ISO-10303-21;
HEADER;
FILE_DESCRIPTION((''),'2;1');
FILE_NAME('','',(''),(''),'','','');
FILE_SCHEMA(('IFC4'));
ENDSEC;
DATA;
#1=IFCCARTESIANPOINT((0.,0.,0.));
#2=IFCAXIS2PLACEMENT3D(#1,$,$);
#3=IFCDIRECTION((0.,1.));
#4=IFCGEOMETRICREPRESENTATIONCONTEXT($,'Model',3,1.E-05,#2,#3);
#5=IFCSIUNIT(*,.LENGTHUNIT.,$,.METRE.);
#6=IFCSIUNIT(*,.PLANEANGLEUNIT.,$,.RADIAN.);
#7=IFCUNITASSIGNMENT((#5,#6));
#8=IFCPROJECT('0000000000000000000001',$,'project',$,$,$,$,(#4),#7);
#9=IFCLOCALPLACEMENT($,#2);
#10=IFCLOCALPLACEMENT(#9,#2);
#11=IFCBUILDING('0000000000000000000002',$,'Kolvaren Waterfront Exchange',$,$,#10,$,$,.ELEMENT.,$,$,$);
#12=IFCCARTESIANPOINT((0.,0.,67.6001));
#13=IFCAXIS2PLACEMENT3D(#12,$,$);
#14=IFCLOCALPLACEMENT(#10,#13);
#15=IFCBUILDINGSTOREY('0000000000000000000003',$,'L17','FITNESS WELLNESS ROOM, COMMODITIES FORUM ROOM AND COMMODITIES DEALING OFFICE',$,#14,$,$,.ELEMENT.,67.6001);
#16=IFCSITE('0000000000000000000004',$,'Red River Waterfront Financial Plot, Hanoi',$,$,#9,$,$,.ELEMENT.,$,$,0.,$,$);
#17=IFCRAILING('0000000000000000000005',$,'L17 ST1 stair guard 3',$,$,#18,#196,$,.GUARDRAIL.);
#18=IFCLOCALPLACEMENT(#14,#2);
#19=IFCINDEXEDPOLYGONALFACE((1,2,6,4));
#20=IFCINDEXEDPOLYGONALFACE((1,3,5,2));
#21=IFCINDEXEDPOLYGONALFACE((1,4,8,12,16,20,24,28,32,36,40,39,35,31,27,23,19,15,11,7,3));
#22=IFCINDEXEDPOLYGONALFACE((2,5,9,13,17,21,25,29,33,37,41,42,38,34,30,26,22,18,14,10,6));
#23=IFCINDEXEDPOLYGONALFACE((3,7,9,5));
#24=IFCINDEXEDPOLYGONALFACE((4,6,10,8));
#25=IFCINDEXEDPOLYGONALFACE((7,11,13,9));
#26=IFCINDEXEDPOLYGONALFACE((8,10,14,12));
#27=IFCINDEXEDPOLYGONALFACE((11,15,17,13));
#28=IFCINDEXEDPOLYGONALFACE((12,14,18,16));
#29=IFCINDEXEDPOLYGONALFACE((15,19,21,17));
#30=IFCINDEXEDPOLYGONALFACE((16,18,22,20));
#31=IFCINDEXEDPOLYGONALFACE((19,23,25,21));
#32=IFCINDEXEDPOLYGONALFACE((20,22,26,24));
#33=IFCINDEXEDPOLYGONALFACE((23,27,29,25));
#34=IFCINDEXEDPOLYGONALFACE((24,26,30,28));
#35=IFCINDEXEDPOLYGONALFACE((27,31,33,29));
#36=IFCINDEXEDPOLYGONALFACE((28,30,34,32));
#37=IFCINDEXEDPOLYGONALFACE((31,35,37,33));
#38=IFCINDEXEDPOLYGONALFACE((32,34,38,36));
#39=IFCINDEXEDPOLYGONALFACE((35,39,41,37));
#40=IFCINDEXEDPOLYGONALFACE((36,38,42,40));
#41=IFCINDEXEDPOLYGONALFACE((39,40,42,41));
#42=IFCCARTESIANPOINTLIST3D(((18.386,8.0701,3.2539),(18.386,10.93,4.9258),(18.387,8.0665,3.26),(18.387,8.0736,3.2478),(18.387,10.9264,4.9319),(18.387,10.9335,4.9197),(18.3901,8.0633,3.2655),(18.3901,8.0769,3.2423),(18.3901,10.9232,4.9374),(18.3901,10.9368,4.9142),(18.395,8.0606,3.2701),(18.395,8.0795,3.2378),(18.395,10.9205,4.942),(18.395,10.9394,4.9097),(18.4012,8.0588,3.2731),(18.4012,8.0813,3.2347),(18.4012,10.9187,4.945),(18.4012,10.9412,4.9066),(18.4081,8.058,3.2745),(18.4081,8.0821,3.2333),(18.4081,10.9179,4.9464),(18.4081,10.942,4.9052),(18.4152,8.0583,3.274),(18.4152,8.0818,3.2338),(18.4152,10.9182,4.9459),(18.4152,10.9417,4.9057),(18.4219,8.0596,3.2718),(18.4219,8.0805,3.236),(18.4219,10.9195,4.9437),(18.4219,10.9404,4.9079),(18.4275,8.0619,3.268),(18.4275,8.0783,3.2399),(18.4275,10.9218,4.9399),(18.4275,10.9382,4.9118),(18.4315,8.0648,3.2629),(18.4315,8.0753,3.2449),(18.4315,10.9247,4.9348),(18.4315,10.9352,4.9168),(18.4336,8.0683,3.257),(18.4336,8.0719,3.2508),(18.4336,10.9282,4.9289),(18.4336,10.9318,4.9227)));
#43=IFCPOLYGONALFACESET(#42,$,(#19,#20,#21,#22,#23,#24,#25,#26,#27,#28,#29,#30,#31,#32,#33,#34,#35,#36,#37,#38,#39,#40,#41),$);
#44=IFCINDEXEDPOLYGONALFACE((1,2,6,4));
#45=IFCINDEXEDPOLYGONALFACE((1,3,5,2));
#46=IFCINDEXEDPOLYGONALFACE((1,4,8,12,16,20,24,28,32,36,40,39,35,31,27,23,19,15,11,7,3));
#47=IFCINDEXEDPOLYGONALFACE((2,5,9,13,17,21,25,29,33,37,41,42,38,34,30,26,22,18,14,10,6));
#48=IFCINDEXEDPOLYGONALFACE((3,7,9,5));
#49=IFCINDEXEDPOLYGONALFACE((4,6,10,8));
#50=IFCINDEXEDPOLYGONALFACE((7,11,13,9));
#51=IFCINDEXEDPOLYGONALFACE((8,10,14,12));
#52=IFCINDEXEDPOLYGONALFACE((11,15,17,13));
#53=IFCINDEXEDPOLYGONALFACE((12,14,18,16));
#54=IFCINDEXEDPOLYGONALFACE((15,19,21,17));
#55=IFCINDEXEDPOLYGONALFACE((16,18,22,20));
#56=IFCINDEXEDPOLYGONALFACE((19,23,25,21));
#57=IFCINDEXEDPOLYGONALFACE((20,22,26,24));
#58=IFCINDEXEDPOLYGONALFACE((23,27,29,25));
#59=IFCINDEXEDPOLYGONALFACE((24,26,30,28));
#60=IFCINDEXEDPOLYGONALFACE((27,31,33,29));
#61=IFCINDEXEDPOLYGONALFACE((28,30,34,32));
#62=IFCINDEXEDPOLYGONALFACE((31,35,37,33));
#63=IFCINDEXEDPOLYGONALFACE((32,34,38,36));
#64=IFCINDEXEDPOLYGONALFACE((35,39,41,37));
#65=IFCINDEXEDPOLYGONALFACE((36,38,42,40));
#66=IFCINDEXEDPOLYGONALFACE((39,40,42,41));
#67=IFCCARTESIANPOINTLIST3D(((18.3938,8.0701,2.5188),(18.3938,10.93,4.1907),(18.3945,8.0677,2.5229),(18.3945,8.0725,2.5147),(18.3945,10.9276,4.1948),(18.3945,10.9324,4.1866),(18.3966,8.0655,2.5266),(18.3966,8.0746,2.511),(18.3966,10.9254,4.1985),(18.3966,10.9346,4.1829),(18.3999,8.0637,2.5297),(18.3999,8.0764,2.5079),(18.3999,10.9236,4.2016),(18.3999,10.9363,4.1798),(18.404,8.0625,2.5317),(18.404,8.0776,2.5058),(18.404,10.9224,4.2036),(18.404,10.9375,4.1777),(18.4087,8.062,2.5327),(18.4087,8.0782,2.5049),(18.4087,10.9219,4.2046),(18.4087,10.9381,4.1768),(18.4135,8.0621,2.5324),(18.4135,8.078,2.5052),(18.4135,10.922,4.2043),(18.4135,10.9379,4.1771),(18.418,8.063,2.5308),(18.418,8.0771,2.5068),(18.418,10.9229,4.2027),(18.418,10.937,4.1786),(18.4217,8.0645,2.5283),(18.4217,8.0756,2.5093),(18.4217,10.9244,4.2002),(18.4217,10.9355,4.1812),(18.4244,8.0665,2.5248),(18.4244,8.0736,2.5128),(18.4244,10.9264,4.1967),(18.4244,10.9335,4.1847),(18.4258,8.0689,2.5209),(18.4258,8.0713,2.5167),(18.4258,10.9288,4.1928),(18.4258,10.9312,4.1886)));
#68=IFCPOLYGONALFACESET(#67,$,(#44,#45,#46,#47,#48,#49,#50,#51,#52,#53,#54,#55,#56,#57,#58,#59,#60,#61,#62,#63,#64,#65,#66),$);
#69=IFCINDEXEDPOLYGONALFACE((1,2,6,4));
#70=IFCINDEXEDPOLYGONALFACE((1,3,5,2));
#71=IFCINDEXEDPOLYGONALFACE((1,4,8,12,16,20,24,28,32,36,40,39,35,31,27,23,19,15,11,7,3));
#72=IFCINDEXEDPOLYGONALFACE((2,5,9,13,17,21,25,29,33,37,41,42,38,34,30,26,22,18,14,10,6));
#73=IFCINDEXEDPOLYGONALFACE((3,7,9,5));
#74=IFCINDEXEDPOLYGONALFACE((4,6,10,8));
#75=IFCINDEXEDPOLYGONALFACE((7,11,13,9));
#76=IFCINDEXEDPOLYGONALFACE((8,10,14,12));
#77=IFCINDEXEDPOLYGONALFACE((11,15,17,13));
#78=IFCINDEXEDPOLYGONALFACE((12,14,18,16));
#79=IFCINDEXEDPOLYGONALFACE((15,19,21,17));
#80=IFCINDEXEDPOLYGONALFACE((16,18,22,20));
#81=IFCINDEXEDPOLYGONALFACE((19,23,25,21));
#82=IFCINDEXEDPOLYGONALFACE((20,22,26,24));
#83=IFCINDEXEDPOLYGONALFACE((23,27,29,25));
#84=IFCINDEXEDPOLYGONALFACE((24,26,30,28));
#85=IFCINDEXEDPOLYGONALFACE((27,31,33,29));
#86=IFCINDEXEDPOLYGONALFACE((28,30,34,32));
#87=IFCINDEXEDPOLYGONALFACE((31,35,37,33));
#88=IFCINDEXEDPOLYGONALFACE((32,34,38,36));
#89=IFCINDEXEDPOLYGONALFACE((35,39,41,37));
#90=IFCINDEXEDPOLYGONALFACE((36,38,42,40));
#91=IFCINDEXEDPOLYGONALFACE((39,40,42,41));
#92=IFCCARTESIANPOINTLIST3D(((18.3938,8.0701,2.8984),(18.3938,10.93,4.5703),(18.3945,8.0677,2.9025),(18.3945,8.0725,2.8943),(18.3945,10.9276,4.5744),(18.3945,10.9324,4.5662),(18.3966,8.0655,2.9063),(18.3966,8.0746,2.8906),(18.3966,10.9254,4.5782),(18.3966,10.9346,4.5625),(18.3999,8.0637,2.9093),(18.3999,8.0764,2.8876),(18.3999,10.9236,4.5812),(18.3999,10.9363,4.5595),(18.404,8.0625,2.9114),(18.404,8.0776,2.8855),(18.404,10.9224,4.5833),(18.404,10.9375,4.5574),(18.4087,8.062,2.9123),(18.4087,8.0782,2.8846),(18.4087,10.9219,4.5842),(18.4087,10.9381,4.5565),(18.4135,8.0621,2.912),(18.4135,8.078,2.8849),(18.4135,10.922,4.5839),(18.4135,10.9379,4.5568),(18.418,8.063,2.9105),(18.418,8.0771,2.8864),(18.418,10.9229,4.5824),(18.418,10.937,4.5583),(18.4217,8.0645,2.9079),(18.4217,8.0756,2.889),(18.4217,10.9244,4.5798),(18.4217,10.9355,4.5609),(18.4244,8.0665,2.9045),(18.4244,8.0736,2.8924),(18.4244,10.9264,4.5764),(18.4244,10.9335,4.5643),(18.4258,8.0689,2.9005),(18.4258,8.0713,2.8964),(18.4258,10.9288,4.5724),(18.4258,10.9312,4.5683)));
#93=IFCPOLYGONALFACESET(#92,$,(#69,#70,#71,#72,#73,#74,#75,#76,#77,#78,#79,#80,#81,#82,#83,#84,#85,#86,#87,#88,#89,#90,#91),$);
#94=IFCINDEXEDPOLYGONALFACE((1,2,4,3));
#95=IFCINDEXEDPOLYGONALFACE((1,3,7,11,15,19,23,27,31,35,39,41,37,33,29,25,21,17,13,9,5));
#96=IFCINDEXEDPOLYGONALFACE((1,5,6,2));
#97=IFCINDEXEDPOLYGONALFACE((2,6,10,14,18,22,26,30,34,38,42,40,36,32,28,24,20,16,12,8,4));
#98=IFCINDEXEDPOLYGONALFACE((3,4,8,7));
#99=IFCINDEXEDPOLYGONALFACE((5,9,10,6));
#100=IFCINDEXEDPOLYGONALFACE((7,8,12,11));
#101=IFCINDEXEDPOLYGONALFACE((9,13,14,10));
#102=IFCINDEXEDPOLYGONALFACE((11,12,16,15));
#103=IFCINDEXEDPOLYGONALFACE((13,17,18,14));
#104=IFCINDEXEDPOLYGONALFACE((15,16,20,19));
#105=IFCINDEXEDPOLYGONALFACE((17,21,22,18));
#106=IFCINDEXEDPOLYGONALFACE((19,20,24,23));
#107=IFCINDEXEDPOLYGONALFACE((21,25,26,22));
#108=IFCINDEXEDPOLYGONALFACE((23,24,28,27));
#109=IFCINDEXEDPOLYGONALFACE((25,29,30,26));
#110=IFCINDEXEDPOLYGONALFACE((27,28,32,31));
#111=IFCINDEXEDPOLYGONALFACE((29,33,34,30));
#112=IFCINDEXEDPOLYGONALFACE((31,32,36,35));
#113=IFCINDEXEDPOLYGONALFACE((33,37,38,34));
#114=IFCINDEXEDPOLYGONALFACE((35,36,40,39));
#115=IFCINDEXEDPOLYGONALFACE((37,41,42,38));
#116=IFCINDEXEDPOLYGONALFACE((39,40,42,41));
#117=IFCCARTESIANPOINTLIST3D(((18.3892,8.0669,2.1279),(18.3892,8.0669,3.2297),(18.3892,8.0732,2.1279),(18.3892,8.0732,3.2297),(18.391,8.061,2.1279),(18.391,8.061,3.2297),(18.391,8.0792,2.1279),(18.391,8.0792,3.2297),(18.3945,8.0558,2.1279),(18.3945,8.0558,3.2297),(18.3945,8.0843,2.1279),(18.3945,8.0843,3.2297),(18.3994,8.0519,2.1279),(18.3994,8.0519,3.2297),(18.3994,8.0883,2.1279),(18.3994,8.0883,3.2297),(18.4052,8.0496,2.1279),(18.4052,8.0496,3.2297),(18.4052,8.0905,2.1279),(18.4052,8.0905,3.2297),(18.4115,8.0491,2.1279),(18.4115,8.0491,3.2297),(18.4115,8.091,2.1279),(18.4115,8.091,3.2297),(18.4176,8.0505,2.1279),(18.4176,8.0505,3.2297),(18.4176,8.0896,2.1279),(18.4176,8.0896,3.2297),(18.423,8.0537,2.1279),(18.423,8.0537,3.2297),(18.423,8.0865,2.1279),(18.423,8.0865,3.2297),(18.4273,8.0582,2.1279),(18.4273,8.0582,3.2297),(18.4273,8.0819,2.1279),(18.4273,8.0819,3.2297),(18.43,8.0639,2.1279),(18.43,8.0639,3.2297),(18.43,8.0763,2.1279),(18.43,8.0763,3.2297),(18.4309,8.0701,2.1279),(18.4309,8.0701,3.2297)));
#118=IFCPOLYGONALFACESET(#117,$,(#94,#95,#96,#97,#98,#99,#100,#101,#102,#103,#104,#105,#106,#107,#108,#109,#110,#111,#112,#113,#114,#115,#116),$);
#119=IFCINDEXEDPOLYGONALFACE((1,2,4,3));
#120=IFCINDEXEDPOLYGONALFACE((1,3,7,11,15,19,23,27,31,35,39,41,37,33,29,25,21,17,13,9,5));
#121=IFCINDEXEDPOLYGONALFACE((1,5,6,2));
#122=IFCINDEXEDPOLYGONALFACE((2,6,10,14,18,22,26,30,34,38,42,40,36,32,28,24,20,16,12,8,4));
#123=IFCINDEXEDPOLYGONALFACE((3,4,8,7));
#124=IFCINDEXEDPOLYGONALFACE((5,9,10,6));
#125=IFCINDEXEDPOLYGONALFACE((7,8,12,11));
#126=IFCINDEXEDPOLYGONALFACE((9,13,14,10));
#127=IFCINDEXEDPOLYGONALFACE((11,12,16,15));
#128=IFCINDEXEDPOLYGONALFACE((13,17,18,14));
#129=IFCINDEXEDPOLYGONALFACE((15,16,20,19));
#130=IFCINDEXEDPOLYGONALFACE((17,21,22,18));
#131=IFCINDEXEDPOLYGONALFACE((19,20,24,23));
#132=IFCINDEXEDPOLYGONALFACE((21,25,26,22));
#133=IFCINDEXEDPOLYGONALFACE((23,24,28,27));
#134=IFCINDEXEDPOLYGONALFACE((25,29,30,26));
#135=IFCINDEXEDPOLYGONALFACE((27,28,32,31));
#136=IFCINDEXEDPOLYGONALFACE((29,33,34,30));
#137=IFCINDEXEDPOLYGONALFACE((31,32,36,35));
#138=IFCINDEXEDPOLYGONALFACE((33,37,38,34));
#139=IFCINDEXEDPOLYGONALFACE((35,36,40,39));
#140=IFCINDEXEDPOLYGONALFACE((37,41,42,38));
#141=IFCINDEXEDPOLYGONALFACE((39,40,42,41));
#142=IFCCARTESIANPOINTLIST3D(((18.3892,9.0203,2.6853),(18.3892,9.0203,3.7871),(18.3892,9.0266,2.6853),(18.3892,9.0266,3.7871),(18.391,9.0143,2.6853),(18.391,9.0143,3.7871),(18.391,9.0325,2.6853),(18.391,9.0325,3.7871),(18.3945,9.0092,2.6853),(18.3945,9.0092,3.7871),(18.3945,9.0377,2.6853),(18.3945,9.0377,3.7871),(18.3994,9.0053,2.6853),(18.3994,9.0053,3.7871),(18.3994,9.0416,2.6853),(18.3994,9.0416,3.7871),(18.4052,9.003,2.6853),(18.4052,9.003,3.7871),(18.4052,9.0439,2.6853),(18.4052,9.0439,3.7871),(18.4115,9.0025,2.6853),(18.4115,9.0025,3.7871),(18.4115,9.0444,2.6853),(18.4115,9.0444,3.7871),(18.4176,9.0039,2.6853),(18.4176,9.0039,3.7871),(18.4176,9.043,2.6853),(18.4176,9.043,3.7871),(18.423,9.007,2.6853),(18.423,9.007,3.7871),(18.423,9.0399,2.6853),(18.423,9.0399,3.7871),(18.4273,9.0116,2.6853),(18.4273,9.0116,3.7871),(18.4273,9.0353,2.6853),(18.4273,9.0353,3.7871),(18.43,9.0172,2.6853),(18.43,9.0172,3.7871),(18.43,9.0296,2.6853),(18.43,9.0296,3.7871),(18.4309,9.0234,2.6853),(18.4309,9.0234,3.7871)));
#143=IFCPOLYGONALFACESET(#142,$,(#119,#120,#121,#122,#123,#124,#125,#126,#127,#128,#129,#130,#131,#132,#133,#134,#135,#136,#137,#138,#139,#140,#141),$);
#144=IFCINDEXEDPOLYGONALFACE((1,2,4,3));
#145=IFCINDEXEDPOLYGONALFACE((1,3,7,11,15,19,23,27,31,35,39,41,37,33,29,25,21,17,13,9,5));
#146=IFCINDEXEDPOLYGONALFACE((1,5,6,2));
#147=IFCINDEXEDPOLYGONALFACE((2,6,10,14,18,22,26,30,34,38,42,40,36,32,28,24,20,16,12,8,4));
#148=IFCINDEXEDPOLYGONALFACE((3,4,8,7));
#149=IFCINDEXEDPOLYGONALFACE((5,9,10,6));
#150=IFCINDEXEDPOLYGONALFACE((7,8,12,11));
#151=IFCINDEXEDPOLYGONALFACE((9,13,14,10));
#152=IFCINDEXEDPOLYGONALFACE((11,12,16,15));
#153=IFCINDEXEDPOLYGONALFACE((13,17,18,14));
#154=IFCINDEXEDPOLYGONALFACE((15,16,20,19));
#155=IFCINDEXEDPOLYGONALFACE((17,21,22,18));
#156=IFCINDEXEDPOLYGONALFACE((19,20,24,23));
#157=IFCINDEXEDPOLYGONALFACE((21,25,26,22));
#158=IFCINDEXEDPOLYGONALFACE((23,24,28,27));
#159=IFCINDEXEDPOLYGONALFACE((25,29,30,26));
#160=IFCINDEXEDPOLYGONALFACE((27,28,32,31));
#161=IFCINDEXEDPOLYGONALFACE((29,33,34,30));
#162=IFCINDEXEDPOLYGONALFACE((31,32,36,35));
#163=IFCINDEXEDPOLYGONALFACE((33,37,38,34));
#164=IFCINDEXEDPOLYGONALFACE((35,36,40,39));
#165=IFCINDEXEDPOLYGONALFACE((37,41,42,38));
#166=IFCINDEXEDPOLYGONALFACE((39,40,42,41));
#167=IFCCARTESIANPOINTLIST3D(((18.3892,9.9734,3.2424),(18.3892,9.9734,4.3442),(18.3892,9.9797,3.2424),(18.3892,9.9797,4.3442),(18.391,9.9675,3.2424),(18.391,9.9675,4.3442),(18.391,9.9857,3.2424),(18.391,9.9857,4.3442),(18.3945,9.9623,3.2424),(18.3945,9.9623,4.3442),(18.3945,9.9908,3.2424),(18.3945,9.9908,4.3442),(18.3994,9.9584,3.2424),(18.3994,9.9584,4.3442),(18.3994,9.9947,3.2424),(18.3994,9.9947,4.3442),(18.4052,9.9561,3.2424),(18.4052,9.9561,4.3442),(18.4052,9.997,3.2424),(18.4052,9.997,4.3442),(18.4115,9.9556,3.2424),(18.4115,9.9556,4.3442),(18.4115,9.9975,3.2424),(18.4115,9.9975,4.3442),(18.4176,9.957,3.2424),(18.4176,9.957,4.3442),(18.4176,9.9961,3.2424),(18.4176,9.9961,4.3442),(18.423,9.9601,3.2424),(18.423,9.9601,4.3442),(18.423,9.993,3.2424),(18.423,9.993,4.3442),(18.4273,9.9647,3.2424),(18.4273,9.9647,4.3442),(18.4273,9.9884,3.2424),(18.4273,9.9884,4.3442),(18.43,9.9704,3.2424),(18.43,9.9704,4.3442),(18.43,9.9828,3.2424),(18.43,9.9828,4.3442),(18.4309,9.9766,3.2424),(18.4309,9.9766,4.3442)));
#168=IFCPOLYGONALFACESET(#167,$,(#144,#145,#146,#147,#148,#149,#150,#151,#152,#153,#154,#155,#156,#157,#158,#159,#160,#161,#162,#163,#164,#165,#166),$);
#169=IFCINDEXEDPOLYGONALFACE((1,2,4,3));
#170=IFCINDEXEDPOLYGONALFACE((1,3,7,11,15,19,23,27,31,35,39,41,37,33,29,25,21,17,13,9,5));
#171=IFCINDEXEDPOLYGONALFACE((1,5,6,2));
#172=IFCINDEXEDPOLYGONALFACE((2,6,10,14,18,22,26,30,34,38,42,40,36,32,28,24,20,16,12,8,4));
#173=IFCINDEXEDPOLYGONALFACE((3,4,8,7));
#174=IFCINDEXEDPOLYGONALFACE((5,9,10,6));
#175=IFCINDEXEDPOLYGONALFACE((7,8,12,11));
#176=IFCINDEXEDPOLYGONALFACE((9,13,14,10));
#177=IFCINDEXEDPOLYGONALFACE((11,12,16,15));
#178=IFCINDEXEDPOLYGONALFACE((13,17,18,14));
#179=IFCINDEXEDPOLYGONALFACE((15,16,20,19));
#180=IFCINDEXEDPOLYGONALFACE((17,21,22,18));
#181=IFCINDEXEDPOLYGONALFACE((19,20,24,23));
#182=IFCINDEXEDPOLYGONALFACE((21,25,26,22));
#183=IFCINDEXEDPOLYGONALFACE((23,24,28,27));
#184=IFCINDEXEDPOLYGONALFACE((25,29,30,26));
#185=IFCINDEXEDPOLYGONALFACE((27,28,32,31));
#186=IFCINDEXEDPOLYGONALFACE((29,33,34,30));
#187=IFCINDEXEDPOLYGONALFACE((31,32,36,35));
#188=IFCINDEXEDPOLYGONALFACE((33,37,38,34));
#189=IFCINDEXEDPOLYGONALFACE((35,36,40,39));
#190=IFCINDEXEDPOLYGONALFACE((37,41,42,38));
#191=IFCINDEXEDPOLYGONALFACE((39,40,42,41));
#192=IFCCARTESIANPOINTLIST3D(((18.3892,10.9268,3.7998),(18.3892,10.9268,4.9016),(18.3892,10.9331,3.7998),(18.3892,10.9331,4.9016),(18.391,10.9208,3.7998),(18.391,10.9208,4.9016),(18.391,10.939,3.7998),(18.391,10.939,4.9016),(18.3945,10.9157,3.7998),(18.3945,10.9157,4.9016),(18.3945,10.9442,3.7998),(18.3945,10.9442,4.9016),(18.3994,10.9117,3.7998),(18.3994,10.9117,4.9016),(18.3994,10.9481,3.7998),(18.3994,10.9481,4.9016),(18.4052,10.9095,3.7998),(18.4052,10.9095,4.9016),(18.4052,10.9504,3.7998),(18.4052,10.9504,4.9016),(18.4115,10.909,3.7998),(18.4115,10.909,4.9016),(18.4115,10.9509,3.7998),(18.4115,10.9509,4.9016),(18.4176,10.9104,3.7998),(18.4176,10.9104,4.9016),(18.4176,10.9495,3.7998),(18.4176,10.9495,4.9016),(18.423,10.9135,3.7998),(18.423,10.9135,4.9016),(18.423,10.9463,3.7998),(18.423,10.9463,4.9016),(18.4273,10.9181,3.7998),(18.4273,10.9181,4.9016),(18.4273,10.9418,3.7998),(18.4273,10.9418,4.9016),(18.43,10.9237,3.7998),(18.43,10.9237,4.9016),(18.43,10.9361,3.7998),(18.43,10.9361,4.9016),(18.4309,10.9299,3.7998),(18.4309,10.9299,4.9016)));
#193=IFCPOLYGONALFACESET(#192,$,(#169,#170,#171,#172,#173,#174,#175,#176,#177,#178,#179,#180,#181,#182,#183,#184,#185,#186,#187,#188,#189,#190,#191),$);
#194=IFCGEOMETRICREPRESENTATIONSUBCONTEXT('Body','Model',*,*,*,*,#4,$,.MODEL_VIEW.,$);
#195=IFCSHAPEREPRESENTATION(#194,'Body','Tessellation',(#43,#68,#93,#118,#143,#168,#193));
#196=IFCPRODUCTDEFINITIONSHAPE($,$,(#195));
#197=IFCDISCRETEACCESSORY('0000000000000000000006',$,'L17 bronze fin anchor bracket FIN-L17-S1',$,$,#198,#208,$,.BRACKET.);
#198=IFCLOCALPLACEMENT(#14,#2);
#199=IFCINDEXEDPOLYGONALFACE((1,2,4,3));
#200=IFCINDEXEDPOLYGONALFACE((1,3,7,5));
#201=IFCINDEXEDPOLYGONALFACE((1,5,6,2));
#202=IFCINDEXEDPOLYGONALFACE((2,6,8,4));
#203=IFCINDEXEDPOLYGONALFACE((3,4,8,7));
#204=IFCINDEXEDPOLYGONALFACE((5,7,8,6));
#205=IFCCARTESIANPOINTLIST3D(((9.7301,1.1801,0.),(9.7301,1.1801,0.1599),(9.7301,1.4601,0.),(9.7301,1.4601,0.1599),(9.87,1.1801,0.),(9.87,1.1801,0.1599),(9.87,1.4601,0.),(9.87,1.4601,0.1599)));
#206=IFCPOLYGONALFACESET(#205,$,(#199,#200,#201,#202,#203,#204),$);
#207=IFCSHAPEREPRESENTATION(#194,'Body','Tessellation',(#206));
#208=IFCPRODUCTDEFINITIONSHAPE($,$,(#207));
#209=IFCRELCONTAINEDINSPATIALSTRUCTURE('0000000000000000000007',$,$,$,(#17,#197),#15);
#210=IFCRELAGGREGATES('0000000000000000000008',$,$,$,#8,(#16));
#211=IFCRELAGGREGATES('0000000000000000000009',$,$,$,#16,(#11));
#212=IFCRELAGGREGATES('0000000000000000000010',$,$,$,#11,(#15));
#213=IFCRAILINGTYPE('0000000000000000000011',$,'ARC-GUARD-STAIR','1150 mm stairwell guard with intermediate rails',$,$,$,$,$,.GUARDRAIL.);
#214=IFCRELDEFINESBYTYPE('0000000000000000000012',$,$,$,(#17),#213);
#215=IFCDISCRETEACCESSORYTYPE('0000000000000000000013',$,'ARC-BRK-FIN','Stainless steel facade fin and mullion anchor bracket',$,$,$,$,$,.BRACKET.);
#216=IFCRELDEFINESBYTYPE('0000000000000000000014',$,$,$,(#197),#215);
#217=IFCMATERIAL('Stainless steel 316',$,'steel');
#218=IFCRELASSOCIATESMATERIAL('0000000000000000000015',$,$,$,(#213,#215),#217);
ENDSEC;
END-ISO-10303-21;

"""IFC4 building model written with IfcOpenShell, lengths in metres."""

from ifc_helpers import new_model, si_unit, direction, frame, origin, origin_with_axes, origin_2d, place, context, subcontext, project, spatial, rectangle, circle, extrude, source, transform, mapped, material, type_object, element, save


model = new_model("IFC4")

# Units and contexts
model_context = context("Model", 3, precision=1e-05, world=origin(), true_north=direction((0.0, 1.0)))
body_context = subcontext(model_context, "Body", "Model", "MODEL_VIEW")
ifc_project = project(units=[si_unit("LENGTHUNIT", "METRE"), si_unit("PLANEANGLEUNIT", "RADIAN")], contexts=[model_context])

# Site, building, storey
site_placement = place(None, origin())
site = spatial("IfcSite", under=ifc_project, at=site_placement, Name="Red River Waterfront Financial Plot, Hanoi", CompositionType="ELEMENT", RefElevation=0.0)
building_placement = place(site_placement, origin())
building = spatial("IfcBuilding", under=site, at=building_placement, Name="Kolvaren Waterfront Exchange", CompositionType="ELEMENT")
storey_placement = place(building_placement, frame((0.0, 0.0, 67.6001)))
storey = spatial("IfcBuildingStorey", under=building, at=storey_placement, Name="L17", Description="FITNESS WELLNESS ROOM, COMMODITIES FORUM ROOM AND COMMODITIES DEALING OFFICE", CompositionType="ELEMENT", Elevation=67.6001)

# Railing
ifc_material_1 = material(Name="Stainless steel 316", Category="steel")
railing_type = type_object("IfcRailingType", Name="ARC-GUARD-STAIR", Description="1150 mm stairwell guard with intermediate rails", PredefinedType="GUARDRAIL", material=ifc_material_1)
railing_1_placement = place(storey_placement, frame((18.4099, 8.0701, 2.1279)))
element("IfcRailing", 1, at=railing_1_placement, inside=storey, type_object=railing_type, Name="L17 ST1 stair guard 3", PredefinedType="GUARDRAIL", context=body_context, shape_type="SweptSolid", body=[
    extrude(circle(Radius=0.0239, at=origin_2d()), frame((0.0, 0.0, 1.126), z_axis=(0.0, 0.863303, 0.504686), x_axis=(-1.0, 0.0, 0.0)), (0.0, 0.0, 1.0), 3.3127),
    extrude(circle(Radius=0.0161, at=origin_2d()), frame((0.0, 0.0, 0.3909), z_axis=(0.0, 0.863303, 0.504686), x_axis=(-1.0, 0.0, 0.0)), (0.0, 0.0, 1.0), 3.3127),
    extrude(circle(Radius=0.0161, at=origin_2d()), frame((0.0, 0.0, 0.7705), z_axis=(0.0, 0.863303, 0.504686), x_axis=(-1.0, 0.0, 0.0)), (0.0, 0.0, 1.0), 3.3127),
    extrude(circle(Radius=0.021, at=origin_2d()), origin(), (0.0, 0.0, 1.0), 1.1018),
    extrude(circle(Radius=0.021, at=origin_2d()), frame((0.0, 0.9534, 0.5574)), (0.0, 0.0, 1.0), 1.1018),
    extrude(circle(Radius=0.021, at=origin_2d()), frame((0.0, 1.9065, 1.1145)), (0.0, 0.0, 1.0), 1.1018),
    extrude(circle(Radius=0.021, at=origin_2d()), frame((0.0, 2.8599, 1.6719)), (0.0, 0.0, 1.0), 1.1018),
])

# Discrete accessory
discrete_accessory_type = type_object("IfcDiscreteAccessoryType", Name="ARC-BRK-FIN", Description="Stainless steel facade fin and mullion anchor bracket", PredefinedType="BRACKET", material=ifc_material_1)
shared_shape_1 = source(origin_with_axes(), body_context, "Body", "SweptSolid", [
    extrude(rectangle(XDim=0.28, YDim=0.1399, at=origin_2d()), origin(), (0.0, 0.0, 1.0), 0.1599),
])
for number, where, z_axis, x_axis, name in (
    (2, (9.8, 1.3201, 0.0), (0.0, 0.0, 1.0), (0.0, -1.0, 0.0), "L17 bronze fin anchor bracket FIN-L17-S1"),
):
    element("IfcDiscreteAccessory", number, at=place(storey_placement, frame(where, z_axis=z_axis, x_axis=x_axis)), inside=storey, type_object=discrete_accessory_type, Name=name, PredefinedType="BRACKET", context=body_context, shape_type="MappedRepresentation", body=[
        mapped(shared_shape_1, transform((0.0, 0.0, 0.0), x_axis=(1.0, 0.0, 0.0), y_axis=(0.0, 1.0, 0.0), z_axis=(0.0, 0.0, 1.0), scale=1.0)),
    ])

save(model, "model.ifc")
